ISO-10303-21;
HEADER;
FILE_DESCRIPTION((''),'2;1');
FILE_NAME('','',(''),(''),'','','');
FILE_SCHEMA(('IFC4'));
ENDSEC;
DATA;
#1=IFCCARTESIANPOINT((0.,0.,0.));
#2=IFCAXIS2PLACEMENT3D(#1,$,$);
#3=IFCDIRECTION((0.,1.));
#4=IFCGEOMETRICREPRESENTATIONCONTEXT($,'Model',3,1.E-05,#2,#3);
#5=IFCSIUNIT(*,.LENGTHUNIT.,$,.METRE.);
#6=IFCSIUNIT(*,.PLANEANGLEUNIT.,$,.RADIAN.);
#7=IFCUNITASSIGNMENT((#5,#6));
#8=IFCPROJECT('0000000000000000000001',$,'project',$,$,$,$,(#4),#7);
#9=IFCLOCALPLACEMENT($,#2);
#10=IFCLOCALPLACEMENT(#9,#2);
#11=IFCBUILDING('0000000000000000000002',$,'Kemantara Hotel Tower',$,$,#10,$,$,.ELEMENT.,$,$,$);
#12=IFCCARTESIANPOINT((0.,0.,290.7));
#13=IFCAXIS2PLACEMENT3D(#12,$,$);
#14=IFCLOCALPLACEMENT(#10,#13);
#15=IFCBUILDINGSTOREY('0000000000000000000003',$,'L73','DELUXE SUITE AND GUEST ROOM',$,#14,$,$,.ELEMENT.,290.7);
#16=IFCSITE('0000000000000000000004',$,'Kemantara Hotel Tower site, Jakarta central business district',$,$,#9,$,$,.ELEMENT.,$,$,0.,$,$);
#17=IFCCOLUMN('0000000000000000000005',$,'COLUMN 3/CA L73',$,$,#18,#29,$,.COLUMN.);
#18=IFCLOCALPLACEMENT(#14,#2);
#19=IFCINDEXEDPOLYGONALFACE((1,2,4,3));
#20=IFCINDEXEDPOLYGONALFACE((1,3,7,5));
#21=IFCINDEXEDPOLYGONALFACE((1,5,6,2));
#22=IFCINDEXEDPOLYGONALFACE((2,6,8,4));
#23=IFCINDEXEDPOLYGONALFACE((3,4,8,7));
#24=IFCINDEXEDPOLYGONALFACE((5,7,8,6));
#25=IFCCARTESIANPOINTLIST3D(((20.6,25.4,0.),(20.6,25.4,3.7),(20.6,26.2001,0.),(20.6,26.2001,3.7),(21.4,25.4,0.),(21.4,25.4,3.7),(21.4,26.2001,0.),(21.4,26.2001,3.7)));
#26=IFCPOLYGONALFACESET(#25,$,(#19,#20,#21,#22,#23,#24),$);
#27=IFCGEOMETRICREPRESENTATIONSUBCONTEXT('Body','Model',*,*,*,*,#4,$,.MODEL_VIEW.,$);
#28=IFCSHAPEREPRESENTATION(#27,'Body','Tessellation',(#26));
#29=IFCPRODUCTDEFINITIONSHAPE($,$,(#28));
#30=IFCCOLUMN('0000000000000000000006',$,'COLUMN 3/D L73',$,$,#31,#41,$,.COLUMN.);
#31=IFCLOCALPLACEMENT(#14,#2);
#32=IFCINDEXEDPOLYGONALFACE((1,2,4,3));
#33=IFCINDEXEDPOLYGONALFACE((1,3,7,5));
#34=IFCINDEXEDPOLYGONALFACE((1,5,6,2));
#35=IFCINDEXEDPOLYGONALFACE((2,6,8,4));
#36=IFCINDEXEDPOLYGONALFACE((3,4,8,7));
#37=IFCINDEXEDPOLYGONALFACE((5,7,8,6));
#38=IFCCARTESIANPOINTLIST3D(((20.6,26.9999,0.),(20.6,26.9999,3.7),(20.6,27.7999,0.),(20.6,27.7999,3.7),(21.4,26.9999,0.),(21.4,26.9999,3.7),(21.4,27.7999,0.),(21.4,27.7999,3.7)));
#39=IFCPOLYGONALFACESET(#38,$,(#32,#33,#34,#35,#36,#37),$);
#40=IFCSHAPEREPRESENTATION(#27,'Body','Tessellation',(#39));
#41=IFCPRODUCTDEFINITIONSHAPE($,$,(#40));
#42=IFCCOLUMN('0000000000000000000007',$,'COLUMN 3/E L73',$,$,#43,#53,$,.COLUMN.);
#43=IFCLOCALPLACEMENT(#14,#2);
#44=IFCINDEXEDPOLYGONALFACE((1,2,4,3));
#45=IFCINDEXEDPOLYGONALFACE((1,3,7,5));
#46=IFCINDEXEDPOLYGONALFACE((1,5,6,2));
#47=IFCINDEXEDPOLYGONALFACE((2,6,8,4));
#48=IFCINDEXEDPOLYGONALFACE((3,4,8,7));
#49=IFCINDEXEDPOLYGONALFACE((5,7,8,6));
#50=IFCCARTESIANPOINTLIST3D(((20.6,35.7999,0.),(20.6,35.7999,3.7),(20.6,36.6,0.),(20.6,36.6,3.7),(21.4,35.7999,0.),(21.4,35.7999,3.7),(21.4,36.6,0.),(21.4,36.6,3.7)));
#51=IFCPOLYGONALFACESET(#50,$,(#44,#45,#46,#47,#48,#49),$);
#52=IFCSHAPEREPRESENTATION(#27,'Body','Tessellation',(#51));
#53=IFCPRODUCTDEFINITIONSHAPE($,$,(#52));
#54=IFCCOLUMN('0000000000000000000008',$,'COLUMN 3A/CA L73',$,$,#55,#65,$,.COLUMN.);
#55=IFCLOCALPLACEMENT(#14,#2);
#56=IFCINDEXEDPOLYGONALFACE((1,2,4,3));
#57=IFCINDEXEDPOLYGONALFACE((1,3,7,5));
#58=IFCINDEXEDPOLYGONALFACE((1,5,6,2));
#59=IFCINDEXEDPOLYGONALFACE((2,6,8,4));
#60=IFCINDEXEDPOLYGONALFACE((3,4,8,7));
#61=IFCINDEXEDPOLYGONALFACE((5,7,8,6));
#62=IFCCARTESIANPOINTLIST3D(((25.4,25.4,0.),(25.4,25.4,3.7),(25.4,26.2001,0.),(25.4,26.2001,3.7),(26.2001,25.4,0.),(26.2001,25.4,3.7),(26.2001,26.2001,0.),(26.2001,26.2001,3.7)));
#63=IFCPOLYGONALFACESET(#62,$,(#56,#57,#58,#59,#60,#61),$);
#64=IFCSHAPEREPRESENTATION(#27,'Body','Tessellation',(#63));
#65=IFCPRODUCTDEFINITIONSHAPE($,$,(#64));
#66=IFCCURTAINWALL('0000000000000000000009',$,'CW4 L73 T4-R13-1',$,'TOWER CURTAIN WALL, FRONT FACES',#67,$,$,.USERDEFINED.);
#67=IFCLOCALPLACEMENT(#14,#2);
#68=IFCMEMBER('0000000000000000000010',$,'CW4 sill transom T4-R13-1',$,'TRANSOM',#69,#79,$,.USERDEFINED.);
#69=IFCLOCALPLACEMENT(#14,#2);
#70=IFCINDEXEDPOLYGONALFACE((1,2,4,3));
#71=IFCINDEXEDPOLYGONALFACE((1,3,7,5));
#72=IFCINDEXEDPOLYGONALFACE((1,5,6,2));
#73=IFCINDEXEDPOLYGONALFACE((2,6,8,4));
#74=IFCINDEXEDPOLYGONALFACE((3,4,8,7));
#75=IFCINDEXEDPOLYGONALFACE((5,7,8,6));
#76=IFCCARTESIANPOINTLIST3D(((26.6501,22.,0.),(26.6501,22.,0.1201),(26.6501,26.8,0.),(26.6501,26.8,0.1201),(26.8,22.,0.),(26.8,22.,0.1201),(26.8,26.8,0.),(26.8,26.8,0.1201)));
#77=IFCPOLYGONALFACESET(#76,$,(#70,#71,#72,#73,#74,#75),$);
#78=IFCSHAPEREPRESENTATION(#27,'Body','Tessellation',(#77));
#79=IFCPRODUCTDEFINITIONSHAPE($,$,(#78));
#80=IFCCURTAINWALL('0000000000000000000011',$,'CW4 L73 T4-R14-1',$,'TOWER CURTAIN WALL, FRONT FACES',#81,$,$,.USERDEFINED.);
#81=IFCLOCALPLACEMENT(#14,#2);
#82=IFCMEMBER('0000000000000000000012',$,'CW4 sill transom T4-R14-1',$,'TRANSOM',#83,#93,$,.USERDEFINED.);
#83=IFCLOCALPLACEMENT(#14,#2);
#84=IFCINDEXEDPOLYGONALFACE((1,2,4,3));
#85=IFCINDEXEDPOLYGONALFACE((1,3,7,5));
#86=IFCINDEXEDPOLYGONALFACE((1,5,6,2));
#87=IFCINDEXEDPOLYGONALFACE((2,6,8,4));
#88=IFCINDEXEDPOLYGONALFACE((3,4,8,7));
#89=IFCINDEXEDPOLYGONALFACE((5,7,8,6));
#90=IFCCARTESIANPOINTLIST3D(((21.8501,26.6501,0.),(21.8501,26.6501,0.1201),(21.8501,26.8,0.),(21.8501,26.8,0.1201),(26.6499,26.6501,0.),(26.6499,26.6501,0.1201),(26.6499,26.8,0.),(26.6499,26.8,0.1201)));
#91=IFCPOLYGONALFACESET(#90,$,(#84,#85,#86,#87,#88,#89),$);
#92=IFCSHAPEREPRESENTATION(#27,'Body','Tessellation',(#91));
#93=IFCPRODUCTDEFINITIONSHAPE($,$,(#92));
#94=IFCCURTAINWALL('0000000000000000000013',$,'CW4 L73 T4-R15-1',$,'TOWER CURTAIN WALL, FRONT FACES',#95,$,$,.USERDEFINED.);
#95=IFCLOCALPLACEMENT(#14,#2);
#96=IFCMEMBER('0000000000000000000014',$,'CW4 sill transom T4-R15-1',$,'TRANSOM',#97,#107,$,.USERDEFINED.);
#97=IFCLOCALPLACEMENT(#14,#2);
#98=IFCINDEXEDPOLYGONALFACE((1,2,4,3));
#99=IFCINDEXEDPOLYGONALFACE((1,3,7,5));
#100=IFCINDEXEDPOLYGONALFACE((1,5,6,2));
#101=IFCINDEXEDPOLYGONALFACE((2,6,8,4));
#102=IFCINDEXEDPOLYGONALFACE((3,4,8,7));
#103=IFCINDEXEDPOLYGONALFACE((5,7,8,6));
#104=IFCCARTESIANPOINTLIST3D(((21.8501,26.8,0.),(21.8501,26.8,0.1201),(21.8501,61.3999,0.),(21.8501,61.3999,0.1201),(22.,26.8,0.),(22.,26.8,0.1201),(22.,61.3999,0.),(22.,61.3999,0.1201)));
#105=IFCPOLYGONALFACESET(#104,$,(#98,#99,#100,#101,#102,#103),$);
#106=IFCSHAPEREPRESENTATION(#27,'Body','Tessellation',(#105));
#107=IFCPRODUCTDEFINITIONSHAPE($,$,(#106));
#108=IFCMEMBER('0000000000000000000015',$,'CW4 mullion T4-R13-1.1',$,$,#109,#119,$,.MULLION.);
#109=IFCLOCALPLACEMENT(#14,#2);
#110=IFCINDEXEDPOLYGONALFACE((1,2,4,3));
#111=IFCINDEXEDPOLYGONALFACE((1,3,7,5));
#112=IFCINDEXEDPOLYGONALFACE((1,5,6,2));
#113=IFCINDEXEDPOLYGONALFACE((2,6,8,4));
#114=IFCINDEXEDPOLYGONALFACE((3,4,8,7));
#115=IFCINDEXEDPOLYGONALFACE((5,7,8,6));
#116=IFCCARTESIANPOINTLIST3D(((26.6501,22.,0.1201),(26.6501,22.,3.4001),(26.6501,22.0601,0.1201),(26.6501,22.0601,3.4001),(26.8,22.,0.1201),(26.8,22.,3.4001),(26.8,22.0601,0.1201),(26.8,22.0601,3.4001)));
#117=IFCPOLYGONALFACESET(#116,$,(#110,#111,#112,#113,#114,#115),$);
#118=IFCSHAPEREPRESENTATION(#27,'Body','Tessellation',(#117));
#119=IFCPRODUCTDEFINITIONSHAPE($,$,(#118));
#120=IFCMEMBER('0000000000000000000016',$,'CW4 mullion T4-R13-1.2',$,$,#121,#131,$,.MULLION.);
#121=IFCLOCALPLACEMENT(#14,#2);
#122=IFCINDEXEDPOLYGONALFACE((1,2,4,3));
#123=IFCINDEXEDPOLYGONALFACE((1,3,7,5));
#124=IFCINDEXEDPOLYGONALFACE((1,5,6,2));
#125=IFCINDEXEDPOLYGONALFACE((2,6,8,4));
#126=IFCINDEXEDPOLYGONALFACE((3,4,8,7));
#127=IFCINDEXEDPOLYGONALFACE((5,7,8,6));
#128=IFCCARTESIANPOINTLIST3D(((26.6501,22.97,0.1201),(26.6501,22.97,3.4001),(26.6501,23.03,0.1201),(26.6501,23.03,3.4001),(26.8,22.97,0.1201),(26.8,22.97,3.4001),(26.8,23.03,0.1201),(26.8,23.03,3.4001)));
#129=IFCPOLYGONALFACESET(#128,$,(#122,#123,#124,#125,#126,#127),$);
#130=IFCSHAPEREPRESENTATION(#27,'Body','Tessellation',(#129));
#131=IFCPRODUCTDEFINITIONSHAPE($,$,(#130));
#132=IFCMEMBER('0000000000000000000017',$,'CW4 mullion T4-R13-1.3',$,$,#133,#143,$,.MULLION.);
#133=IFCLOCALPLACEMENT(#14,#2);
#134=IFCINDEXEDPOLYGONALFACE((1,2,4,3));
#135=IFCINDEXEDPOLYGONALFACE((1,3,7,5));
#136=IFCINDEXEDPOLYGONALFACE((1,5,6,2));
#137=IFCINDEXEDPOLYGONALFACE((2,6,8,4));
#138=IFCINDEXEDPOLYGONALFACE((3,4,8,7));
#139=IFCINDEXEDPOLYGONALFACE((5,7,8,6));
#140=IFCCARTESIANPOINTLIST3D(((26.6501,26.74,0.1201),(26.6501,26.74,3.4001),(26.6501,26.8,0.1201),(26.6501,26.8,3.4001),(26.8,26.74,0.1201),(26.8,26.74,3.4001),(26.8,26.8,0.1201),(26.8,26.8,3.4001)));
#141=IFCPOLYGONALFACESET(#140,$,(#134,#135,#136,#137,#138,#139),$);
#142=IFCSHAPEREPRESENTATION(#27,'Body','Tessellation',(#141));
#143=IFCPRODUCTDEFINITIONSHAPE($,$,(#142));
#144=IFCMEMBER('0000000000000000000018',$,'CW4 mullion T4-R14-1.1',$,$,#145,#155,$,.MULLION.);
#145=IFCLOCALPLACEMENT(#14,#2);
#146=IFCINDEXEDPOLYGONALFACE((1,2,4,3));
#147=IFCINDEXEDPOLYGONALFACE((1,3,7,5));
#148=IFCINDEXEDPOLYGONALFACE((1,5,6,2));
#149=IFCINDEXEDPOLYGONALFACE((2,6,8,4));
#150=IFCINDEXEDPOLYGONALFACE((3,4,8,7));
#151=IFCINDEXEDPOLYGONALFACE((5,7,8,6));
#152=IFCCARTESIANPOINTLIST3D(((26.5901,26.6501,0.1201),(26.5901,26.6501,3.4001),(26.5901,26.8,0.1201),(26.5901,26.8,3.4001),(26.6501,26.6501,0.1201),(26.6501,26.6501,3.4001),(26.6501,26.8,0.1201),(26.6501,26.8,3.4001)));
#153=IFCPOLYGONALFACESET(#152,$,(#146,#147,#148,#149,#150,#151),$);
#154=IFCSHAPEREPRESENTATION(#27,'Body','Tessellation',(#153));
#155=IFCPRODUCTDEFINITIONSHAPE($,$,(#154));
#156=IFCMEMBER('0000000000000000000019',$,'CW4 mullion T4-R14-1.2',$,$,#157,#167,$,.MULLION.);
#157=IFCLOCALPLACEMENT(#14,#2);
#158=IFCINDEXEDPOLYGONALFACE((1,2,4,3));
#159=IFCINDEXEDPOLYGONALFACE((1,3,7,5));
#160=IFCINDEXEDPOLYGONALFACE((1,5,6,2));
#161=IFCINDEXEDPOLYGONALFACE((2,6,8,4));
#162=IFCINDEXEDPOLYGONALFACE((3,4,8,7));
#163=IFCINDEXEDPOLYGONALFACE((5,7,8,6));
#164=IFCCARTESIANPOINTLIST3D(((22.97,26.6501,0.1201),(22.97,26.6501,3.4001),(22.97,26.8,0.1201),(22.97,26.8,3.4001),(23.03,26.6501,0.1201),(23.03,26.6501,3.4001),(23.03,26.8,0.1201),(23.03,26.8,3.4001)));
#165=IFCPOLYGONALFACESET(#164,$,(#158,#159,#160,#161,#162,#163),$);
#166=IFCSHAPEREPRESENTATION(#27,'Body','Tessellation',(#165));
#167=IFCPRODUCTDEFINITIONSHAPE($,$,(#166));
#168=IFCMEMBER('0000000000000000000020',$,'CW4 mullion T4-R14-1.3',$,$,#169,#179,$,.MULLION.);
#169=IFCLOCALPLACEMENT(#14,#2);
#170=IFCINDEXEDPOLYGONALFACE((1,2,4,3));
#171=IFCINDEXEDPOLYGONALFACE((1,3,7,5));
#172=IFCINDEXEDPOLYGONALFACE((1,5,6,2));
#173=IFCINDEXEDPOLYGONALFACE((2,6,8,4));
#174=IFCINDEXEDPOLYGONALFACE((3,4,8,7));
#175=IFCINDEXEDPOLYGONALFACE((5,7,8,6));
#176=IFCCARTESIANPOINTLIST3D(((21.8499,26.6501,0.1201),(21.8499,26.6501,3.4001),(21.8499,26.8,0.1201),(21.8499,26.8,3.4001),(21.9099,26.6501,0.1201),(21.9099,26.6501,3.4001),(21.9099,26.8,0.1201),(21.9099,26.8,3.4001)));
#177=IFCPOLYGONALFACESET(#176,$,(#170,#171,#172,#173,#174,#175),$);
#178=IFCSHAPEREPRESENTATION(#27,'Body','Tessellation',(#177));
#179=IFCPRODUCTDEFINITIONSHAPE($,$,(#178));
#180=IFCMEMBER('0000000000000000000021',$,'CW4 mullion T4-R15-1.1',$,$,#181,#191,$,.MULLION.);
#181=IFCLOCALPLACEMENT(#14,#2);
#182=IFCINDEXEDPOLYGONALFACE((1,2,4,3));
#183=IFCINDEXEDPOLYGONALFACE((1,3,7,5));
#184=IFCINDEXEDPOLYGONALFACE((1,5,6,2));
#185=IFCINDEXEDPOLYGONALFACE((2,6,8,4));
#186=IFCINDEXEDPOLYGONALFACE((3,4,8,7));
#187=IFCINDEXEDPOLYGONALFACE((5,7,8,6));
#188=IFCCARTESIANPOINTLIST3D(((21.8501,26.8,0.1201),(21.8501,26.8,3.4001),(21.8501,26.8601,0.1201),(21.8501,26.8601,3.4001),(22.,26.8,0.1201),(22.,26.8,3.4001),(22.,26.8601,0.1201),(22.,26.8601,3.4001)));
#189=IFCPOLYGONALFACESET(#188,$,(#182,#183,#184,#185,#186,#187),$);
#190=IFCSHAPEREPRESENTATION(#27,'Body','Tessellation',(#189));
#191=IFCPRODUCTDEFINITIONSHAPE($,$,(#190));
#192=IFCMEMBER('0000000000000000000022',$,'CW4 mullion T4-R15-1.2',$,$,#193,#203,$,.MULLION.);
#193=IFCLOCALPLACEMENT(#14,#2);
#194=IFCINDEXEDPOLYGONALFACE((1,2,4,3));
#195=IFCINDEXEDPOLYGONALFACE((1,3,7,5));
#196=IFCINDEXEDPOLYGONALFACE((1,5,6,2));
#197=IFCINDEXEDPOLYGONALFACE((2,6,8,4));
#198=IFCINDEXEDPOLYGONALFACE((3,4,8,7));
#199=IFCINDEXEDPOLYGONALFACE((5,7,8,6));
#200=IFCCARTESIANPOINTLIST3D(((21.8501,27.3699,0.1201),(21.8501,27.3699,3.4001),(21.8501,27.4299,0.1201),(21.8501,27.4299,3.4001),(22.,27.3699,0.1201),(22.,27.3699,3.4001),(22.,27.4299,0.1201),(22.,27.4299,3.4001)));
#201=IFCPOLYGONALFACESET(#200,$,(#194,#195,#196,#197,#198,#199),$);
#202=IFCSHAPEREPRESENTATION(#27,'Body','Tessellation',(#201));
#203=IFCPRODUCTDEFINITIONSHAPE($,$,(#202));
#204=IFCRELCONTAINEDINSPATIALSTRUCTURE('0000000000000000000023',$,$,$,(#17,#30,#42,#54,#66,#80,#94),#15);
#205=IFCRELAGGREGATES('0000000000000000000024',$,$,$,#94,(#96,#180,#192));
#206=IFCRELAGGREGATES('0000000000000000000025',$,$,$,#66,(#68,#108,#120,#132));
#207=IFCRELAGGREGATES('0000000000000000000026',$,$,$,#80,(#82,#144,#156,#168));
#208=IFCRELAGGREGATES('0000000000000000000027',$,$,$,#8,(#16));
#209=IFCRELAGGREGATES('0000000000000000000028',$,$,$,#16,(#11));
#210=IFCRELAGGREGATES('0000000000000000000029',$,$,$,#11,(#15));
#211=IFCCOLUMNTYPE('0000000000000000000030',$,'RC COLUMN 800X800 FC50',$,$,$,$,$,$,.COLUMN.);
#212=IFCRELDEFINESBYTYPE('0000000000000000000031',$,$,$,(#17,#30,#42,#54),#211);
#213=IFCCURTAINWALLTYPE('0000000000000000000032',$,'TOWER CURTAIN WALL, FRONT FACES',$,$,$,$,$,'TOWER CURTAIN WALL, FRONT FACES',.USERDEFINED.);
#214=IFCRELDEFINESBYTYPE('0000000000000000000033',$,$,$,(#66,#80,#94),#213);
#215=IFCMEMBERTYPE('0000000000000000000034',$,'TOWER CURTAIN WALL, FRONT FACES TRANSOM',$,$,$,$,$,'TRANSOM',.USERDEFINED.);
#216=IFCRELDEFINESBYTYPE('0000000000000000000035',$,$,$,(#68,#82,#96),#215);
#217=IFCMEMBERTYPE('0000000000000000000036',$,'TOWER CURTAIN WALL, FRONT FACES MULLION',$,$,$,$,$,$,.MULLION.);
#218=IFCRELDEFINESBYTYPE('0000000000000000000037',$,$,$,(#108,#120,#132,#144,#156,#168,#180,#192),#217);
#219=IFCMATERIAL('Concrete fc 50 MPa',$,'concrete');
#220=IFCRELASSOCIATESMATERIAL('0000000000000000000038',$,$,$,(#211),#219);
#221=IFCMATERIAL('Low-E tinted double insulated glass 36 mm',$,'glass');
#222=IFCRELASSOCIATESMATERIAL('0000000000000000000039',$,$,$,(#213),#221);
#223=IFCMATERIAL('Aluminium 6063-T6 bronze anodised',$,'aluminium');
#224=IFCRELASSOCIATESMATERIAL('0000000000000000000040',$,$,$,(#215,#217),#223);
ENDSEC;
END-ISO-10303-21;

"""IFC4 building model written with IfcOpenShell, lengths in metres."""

from ifc_helpers import new_model, si_unit, direction, frame, origin, origin_2d, place, context, subcontext, project, spatial, rectangle, extrude, source, transform, mapped, material, material_profile, profile_set, type_object, element, aggregate, save


model = new_model("IFC4")

# Units and contexts
model_context = context("Model", 3, precision=1e-05, world=origin(), true_north=direction((0.0, 1.0)))
body_context = subcontext(model_context, "Body", "Model", "MODEL_VIEW")
ifc_project = project(units=[si_unit("LENGTHUNIT", "METRE"), si_unit("PLANEANGLEUNIT", "RADIAN")], contexts=[model_context])

# Site, building, storey
site_placement = place(None, origin())
site = spatial("IfcSite", under=ifc_project, at=site_placement, Name="Kemantara Hotel Tower site, Jakarta central business district", CompositionType="ELEMENT", RefElevation=0.0)
building_placement = place(site_placement, origin())
building = spatial("IfcBuilding", under=site, at=building_placement, Name="Kemantara Hotel Tower", CompositionType="ELEMENT")
storey_placement = place(building_placement, frame((0.0, 0.0, 290.7)))
storey = spatial("IfcBuildingStorey", under=building, at=storey_placement, Name="L73", Description="DELUXE SUITE AND GUEST ROOM", CompositionType="ELEMENT", Elevation=290.7)

# Columns
ifc_material_1 = material(Name="Concrete fc 50 MPa", Category="concrete")
ifc_material_profile_1 = material_profile(ifc_material_1, rectangle(XDim=0.8, YDim=0.8, at=origin_2d()), Name="RC 800X800")
ifc_profile_set_1 = profile_set([ifc_material_profile_1], Name="Concrete fc 50 MPa")
column_type = type_object("IfcColumnType", Name="RC COLUMN 800X800 FC50", PredefinedType="COLUMN", material=ifc_profile_set_1)
for number, where, z_axis, x_axis, name in (
    (1, (21.0, 25.8, 0.0), (0.0, 0.0, 1.0), (1.0, 0.0, 0.0), "COLUMN 3/CA L73"),
    (2, (21.0, 27.3999, 0.0), (0.0, 0.0, 1.0), (1.0, 0.0, 0.0), "COLUMN 3/D L73"),
    (3, (21.0, 36.2, 0.0), (0.0, 0.0, 1.0), (1.0, 0.0, 0.0), "COLUMN 3/E L73"),
    (4, (25.8, 25.8, 0.0), (0.0, 0.0, 1.0), (1.0, 0.0, 0.0), "COLUMN 3A/CA L73"),
):
    element("IfcColumn", number, at=place(storey_placement, frame(where, z_axis=z_axis, x_axis=x_axis)), inside=storey, type_object=column_type, Name=name, PredefinedType="COLUMN", context=body_context, shape_type="SweptSolid", body=[
        extrude(rectangle(XDim=0.8, YDim=0.8, at=origin_2d()), origin(), (0.0, 0.0, 1.0), 3.7),
    ])

# Curtain walls, members
ifc_material_2 = material(Name="Low-E tinted double insulated glass 36 mm", Category="glass")
curtain_wall_type = type_object("IfcCurtainWallType", Name="TOWER CURTAIN WALL, FRONT FACES", ElementType="TOWER CURTAIN WALL, FRONT FACES", PredefinedType="USERDEFINED", material=ifc_material_2)
curtain_wall_1_placement = place(storey_placement, origin())
curtain_wall_1 = element("IfcCurtainWall", 5, at=curtain_wall_1_placement, inside=storey, type_object=curtain_wall_type, Name="CW4 L73 T4-R13-1", ObjectType="TOWER CURTAIN WALL, FRONT FACES", PredefinedType="USERDEFINED")
ifc_material_3 = material(Name="Aluminium 6063-T6 bronze anodised", Category="aluminium")
ifc_material_profile_2 = material_profile(ifc_material_3, rectangle(XDim=0.1499, YDim=0.1201, at=origin_2d()), Name="TOWER CURTAIN WALL, FRONT FACES TRANSOM")
ifc_profile_set_2 = profile_set([ifc_material_profile_2], Name="Aluminium 6063-T6 bronze anodised")
member_type_1 = type_object("IfcMemberType", Name="TOWER CURTAIN WALL, FRONT FACES TRANSOM", ElementType="TRANSOM", PredefinedType="USERDEFINED", material=ifc_profile_set_2)
member_1_placement = place(storey_placement, frame((26.7251, 22.0, 0.0601), z_axis=(0.0, 1.0, 0.0), x_axis=(-1.0, 0.0, 0.0)))
member_1 = element("IfcMember", 6, at=member_1_placement, type_object=member_type_1, Name="CW4 sill transom T4-R13-1", ObjectType="TRANSOM", PredefinedType="USERDEFINED", context=body_context, shape_type="SweptSolid", body=[
    extrude(rectangle(XDim=0.1499, YDim=0.1201, at=origin_2d()), origin(), (0.0, 0.0, 1.0), 4.8),
])
curtain_wall_2_placement = place(storey_placement, origin())
curtain_wall_2 = element("IfcCurtainWall", 7, at=curtain_wall_2_placement, inside=storey, type_object=curtain_wall_type, Name="CW4 L73 T4-R14-1", ObjectType="TOWER CURTAIN WALL, FRONT FACES", PredefinedType="USERDEFINED")
member_2_placement = place(storey_placement, frame((26.6499, 26.7251, 0.0601), z_axis=(-1.0, 0.0, 0.0), x_axis=(0.0, -1.0, 0.0)))
member_2 = element("IfcMember", 8, at=member_2_placement, type_object=member_type_1, Name="CW4 sill transom T4-R14-1", ObjectType="TRANSOM", PredefinedType="USERDEFINED", context=body_context, shape_type="SweptSolid", body=[
    extrude(rectangle(XDim=0.1499, YDim=0.1201, at=origin_2d()), origin(), (0.0, 0.0, 1.0), 4.7998),
])
curtain_wall_3_placement = place(storey_placement, origin())
curtain_wall_3 = element("IfcCurtainWall", 9, at=curtain_wall_3_placement, inside=storey, type_object=curtain_wall_type, Name="CW4 L73 T4-R15-1", ObjectType="TOWER CURTAIN WALL, FRONT FACES", PredefinedType="USERDEFINED")
member_3_placement = place(storey_placement, frame((21.925, 26.8, 0.0601), z_axis=(0.0, 1.0, 0.0), x_axis=(-1.0, 0.0, 0.0)))
member_3 = element("IfcMember", 10, at=member_3_placement, type_object=member_type_1, Name="CW4 sill transom T4-R15-1", ObjectType="TRANSOM", PredefinedType="USERDEFINED", context=body_context, shape_type="SweptSolid", body=[
    extrude(rectangle(XDim=0.1499, YDim=0.1201, at=origin_2d()), origin(), (0.0, 0.0, 1.0), 34.5999),
])

# Members
ifc_material_profile_3 = material_profile(ifc_material_3, rectangle(XDim=0.1499, YDim=0.0601, at=origin_2d()), Name="TOWER CURTAIN WALL, FRONT FACES MULLION")
ifc_profile_set_3 = profile_set([ifc_material_profile_3], Name="Aluminium 6063-T6 bronze anodised")
member_type_2 = type_object("IfcMemberType", Name="TOWER CURTAIN WALL, FRONT FACES MULLION", PredefinedType="MULLION", material=ifc_profile_set_3)
shared_shape_1 = source(origin(), body_context, "Body", "SweptSolid", [
    extrude(rectangle(XDim=0.1499, YDim=0.0601, at=origin_2d()), origin(), (0.0, 0.0, 1.0), 3.28),
])
member_4_placement = place(storey_placement, frame((26.7251, 22.03, 0.1201), z_axis=(0.0, 0.0, 1.0), x_axis=(-1.0, 0.0, 0.0)))
member_4 = element("IfcMember", 11, at=member_4_placement, type_object=member_type_2, Name="CW4 mullion T4-R13-1.1", PredefinedType="MULLION", context=body_context, shape_type="MappedRepresentation", body=[
    mapped(shared_shape_1, transform((0.0, 0.0, 0.0))),
])
member_5_placement = place(storey_placement, frame((26.7251, 23.0, 0.1201), z_axis=(0.0, 0.0, 1.0), x_axis=(-1.0, 0.0, 0.0)))
member_5 = element("IfcMember", 12, at=member_5_placement, type_object=member_type_2, Name="CW4 mullion T4-R13-1.2", PredefinedType="MULLION", context=body_context, shape_type="MappedRepresentation", body=[
    mapped(shared_shape_1, transform((0.0, 0.0, 0.0))),
])
member_6_placement = place(storey_placement, frame((26.7251, 26.77, 0.1201), z_axis=(0.0, 0.0, 1.0), x_axis=(-1.0, 0.0, 0.0)))
member_6 = element("IfcMember", 13, at=member_6_placement, type_object=member_type_2, Name="CW4 mullion T4-R13-1.3", PredefinedType="MULLION", context=body_context, shape_type="MappedRepresentation", body=[
    mapped(shared_shape_1, transform((0.0, 0.0, 0.0))),
])
member_7_placement = place(storey_placement, frame((26.6201, 26.7251, 0.1201), z_axis=(0.0, 0.0, 1.0), x_axis=(0.0, -1.0, 0.0)))
member_7 = element("IfcMember", 14, at=member_7_placement, type_object=member_type_2, Name="CW4 mullion T4-R14-1.1", PredefinedType="MULLION", context=body_context, shape_type="MappedRepresentation", body=[
    mapped(shared_shape_1, transform((0.0, 0.0, 0.0))),
])
member_8_placement = place(storey_placement, frame((23.0, 26.7251, 0.1201), z_axis=(0.0, 0.0, 1.0), x_axis=(0.0, -1.0, 0.0)))
member_8 = element("IfcMember", 15, at=member_8_placement, type_object=member_type_2, Name="CW4 mullion T4-R14-1.2", PredefinedType="MULLION", context=body_context, shape_type="MappedRepresentation", body=[
    mapped(shared_shape_1, transform((0.0, 0.0, 0.0))),
])
member_9_placement = place(storey_placement, frame((21.8799, 26.7251, 0.1201), z_axis=(0.0, 0.0, 1.0), x_axis=(0.0, -1.0, 0.0)))
member_9 = element("IfcMember", 16, at=member_9_placement, type_object=member_type_2, Name="CW4 mullion T4-R14-1.3", PredefinedType="MULLION", context=body_context, shape_type="MappedRepresentation", body=[
    mapped(shared_shape_1, transform((0.0, 0.0, 0.0))),
])
member_10_placement = place(storey_placement, frame((21.925, 26.8301, 0.1201), z_axis=(0.0, 0.0, 1.0), x_axis=(-1.0, 0.0, 0.0)))
member_10 = element("IfcMember", 17, at=member_10_placement, type_object=member_type_2, Name="CW4 mullion T4-R15-1.1", PredefinedType="MULLION", context=body_context, shape_type="MappedRepresentation", body=[
    mapped(shared_shape_1, transform((0.0, 0.0, 0.0))),
])
member_11_placement = place(storey_placement, frame((21.925, 27.3999, 0.1201), z_axis=(0.0, 0.0, 1.0), x_axis=(-1.0, 0.0, 0.0)))
member_11 = element("IfcMember", 18, at=member_11_placement, type_object=member_type_2, Name="CW4 mullion T4-R15-1.2", PredefinedType="MULLION", context=body_context, shape_type="MappedRepresentation", body=[
    mapped(shared_shape_1, transform((0.0, 0.0, 0.0))),
])

aggregate(curtain_wall_3, [member_3, member_10, member_11])
aggregate(curtain_wall_1, [member_1, member_4, member_5, member_6])
aggregate(curtain_wall_2, [member_2, member_7, member_8, member_9])

save(model, "model.ifc")
